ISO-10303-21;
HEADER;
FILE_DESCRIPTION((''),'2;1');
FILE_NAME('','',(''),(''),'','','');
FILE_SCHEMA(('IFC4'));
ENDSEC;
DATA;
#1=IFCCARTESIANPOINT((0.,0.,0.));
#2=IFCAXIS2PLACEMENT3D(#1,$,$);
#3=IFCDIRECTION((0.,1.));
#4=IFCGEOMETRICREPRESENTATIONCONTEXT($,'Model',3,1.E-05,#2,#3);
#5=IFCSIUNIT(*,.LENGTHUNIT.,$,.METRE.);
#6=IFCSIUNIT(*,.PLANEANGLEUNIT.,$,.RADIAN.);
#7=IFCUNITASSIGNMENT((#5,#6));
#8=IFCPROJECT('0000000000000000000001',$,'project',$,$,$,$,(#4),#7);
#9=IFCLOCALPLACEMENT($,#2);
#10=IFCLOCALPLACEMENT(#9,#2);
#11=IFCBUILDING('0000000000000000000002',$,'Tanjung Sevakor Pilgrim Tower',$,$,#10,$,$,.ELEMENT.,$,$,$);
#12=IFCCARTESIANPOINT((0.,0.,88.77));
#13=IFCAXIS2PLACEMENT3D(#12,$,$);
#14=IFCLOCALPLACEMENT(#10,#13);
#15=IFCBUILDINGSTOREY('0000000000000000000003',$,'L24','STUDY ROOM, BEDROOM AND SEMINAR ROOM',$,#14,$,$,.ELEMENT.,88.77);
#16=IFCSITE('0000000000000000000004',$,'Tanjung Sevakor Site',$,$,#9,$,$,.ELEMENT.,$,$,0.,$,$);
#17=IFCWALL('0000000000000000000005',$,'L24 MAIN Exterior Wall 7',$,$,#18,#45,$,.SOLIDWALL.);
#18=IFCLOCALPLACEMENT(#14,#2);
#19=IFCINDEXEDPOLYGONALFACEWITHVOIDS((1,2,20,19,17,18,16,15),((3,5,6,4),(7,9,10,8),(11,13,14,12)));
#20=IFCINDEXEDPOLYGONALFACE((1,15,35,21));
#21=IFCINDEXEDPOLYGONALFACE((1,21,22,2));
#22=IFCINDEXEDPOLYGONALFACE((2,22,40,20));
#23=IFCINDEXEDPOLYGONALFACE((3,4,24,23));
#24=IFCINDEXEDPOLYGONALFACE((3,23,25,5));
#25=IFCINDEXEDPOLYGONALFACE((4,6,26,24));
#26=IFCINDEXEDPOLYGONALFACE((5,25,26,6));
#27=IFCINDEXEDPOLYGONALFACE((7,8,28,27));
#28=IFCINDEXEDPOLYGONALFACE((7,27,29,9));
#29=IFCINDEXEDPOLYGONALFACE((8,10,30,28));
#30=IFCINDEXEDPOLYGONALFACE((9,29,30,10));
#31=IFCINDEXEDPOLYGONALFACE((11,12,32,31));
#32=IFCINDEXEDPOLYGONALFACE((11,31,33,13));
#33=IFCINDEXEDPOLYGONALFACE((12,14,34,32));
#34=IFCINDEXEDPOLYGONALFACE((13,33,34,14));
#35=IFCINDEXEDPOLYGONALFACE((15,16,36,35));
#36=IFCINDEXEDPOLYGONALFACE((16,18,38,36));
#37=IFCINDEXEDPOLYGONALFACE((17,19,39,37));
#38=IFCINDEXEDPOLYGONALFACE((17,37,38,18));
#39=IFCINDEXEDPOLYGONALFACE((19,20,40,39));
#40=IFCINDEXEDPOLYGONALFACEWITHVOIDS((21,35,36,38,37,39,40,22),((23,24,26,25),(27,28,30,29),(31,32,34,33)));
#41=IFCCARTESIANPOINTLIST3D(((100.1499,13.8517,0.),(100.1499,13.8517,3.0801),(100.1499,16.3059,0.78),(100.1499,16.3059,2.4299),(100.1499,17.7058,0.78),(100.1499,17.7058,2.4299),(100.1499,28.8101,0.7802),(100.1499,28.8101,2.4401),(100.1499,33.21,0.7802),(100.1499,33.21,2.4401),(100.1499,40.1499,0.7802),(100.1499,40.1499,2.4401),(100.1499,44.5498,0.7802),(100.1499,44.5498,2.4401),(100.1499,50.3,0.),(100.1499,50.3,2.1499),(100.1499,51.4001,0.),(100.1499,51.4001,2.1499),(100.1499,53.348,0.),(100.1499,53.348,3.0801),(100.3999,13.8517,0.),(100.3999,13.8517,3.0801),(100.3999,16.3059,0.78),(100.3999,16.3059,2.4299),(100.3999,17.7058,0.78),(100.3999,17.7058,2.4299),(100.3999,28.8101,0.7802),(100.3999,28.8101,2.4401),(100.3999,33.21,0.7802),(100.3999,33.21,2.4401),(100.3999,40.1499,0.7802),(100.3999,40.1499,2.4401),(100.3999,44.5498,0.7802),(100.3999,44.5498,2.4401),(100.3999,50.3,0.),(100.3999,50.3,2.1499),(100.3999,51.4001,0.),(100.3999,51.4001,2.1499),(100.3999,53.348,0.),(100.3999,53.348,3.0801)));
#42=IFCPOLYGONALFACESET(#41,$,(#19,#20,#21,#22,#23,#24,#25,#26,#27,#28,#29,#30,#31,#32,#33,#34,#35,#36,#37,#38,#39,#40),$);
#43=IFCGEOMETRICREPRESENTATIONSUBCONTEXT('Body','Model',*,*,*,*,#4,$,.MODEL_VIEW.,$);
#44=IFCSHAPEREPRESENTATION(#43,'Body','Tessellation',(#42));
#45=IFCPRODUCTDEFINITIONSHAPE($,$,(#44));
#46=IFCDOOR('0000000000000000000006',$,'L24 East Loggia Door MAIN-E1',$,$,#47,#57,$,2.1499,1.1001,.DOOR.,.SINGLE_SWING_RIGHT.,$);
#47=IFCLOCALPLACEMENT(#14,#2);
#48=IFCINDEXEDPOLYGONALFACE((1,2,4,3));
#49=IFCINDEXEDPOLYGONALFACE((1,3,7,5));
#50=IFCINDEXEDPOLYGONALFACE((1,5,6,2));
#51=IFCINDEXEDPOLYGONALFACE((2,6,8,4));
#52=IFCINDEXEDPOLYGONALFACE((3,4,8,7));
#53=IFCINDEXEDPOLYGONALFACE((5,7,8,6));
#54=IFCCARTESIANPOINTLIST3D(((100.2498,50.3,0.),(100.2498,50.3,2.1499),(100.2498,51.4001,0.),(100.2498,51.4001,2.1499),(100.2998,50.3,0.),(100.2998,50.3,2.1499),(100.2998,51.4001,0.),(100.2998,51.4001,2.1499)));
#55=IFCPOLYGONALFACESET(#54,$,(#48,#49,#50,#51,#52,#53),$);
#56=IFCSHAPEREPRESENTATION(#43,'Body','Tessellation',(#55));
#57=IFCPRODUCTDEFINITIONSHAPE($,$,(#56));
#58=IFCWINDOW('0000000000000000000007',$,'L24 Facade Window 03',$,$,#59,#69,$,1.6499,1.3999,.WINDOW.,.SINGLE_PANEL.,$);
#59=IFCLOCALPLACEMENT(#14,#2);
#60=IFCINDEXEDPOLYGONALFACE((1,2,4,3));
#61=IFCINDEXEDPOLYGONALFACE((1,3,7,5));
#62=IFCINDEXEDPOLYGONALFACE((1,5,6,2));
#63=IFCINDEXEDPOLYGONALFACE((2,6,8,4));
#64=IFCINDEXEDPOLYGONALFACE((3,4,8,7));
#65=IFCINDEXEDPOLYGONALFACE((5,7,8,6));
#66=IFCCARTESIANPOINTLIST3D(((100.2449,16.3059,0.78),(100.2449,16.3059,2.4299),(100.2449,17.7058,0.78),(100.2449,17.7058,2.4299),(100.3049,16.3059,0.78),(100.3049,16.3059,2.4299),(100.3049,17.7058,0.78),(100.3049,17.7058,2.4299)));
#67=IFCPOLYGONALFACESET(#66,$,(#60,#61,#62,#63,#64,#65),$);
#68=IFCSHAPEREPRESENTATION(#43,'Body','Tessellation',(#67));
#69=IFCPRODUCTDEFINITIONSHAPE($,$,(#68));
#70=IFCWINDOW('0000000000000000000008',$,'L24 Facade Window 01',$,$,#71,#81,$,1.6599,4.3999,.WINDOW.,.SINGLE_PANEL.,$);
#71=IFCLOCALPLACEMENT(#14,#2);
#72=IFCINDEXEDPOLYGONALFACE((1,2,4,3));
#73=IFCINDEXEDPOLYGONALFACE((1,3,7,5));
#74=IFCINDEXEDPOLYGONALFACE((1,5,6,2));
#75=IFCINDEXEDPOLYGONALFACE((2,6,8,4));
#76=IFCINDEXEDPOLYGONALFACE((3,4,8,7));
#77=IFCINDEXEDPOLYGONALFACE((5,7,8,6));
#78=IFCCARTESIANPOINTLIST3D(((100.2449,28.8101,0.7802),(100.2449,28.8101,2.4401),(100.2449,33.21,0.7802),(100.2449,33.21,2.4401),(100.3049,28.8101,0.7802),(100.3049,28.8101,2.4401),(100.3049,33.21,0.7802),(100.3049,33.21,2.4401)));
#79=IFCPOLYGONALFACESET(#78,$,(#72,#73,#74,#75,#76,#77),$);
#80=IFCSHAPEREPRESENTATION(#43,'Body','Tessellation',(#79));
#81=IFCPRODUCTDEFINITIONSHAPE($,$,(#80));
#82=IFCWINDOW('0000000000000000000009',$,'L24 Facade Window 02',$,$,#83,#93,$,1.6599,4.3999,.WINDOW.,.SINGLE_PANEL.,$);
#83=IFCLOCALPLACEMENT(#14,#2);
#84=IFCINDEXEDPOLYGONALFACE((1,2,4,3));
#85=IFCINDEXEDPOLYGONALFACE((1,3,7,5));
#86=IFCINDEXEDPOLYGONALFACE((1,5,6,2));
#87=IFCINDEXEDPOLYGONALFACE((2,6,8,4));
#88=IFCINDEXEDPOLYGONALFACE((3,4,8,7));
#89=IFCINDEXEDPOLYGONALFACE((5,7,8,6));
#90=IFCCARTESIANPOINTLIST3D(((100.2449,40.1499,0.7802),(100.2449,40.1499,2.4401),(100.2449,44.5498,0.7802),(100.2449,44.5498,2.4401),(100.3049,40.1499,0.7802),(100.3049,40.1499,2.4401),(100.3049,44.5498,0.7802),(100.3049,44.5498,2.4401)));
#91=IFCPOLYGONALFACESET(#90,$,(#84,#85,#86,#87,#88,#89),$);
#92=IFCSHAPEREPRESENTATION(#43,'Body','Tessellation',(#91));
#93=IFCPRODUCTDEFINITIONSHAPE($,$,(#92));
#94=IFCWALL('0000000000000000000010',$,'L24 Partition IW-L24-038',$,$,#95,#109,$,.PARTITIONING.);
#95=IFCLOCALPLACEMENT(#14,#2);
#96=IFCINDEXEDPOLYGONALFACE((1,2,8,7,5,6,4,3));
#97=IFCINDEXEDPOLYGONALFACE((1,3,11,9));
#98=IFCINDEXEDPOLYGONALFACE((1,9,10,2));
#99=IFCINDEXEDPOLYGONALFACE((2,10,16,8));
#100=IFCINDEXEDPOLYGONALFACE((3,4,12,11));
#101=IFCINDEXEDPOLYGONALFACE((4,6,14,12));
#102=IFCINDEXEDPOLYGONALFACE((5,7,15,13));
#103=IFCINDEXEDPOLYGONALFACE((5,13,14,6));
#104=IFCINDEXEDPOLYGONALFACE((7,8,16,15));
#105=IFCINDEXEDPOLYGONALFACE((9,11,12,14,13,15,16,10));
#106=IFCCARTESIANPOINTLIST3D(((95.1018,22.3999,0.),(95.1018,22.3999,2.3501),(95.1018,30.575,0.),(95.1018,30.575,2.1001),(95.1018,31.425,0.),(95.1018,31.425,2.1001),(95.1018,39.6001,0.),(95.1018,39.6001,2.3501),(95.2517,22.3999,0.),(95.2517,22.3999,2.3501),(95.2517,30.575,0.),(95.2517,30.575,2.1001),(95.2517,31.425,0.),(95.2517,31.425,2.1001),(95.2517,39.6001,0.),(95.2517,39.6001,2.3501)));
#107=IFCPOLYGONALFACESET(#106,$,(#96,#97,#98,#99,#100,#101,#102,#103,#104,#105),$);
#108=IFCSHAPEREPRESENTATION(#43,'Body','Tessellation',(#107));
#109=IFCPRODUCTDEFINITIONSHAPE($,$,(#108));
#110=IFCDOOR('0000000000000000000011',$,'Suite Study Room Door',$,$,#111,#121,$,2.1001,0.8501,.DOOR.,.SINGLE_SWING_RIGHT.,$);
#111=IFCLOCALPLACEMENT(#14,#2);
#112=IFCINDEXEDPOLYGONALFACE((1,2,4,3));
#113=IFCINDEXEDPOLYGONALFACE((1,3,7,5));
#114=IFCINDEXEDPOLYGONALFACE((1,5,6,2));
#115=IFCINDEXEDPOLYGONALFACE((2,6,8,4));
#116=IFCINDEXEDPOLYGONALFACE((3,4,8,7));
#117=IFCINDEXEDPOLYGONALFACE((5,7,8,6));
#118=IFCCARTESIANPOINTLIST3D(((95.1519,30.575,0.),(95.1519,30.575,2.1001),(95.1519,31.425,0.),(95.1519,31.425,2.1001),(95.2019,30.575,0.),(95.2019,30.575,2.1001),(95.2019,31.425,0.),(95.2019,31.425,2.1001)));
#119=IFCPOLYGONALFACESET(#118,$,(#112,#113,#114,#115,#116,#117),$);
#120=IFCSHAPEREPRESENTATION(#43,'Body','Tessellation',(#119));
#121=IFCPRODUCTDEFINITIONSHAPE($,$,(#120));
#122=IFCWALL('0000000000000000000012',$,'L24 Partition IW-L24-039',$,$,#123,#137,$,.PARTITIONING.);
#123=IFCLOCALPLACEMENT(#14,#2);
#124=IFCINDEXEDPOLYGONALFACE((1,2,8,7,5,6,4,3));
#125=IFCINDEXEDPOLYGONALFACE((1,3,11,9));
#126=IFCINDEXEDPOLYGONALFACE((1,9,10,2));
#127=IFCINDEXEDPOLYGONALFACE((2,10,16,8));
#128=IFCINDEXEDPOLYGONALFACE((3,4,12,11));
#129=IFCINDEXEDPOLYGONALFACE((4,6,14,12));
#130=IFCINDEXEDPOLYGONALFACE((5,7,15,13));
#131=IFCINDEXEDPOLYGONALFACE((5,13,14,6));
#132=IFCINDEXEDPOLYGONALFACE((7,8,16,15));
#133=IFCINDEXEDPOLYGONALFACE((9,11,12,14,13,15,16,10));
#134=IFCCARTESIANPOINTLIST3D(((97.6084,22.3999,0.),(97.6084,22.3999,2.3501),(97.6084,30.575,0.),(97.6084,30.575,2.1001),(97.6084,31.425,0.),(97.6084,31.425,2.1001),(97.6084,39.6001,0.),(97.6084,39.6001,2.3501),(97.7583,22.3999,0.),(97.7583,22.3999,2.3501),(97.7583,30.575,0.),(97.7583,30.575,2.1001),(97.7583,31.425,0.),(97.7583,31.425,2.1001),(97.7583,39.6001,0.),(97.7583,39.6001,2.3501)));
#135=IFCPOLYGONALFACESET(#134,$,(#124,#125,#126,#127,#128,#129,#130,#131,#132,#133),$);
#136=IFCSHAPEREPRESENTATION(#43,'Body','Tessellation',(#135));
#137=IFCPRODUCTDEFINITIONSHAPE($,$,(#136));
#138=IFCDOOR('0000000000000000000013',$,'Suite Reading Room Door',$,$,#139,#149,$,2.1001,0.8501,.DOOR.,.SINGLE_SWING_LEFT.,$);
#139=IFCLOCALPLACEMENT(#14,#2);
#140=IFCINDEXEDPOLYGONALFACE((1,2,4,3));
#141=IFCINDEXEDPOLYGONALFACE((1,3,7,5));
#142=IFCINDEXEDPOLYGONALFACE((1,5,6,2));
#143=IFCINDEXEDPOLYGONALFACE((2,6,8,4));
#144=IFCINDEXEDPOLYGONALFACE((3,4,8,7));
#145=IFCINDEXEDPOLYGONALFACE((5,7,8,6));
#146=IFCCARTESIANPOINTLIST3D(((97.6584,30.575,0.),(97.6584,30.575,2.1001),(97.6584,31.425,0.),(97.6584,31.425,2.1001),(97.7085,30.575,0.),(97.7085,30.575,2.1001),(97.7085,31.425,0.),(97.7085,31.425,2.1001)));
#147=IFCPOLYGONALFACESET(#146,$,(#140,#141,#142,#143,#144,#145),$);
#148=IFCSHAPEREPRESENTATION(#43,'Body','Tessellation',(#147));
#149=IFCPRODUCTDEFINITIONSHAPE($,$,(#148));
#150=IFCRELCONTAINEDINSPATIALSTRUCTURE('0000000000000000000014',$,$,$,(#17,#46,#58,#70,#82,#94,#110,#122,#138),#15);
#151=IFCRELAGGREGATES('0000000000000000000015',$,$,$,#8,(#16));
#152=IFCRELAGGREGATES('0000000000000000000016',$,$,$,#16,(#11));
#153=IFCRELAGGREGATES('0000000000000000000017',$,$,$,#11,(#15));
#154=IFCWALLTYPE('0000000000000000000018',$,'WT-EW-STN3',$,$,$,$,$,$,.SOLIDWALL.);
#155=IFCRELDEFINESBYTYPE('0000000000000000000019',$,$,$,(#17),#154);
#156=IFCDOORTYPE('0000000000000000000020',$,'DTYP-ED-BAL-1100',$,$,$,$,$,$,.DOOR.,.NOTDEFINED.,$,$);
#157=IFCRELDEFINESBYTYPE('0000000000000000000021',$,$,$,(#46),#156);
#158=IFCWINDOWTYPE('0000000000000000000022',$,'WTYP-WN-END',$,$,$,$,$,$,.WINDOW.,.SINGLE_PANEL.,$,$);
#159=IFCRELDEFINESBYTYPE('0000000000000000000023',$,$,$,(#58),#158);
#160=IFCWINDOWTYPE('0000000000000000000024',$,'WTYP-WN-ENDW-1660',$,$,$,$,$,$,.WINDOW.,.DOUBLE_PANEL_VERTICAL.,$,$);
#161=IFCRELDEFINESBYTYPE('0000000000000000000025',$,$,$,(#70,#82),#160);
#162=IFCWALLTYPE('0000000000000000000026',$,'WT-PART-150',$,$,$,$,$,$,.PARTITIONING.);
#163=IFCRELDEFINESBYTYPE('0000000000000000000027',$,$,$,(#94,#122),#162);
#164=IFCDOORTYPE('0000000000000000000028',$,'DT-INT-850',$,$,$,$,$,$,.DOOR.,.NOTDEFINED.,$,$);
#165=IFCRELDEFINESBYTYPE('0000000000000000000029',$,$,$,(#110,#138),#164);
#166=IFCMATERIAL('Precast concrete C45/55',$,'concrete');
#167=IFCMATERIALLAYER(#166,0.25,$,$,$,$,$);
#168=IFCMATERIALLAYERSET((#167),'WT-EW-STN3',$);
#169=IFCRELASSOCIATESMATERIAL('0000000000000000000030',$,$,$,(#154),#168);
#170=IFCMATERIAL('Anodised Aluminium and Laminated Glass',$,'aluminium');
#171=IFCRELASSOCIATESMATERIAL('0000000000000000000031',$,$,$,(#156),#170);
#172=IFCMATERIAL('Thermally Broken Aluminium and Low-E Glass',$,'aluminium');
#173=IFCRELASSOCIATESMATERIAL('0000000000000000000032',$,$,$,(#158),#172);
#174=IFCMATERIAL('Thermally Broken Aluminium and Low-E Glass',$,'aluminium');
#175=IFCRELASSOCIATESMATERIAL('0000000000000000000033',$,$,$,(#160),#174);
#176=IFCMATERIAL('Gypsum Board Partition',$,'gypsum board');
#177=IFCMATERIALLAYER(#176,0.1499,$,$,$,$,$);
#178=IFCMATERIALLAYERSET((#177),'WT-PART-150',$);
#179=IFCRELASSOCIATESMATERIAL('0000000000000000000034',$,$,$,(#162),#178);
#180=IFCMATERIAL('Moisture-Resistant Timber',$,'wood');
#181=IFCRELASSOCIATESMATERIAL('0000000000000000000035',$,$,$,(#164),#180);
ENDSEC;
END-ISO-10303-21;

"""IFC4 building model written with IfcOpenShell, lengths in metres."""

from ifc_helpers import new_model, si_unit, direction, frame, frame_2d, origin, place, context, subcontext, project, spatial, rectangle, extrude, material, layer, layer_set, type_object, element, fill, save


model = new_model("IFC4")

# Units and contexts
model_context = context("Model", 3, precision=1e-05, world=origin(), true_north=direction((0.0, 1.0)))
body_context = subcontext(model_context, "Body", "Model", "MODEL_VIEW")
ifc_project = project(units=[si_unit("LENGTHUNIT", "METRE"), si_unit("PLANEANGLEUNIT", "RADIAN")], contexts=[model_context])

# Site, building, storey
site_placement = place(None, origin())
site = spatial("IfcSite", under=ifc_project, at=site_placement, Name="Tanjung Sevakor Site", CompositionType="ELEMENT", RefElevation=0.0)
building_placement = place(site_placement, origin())
building = spatial("IfcBuilding", under=site, at=building_placement, Name="Tanjung Sevakor Pilgrim Tower", CompositionType="ELEMENT")
storey_placement = place(building_placement, frame((0.0, 0.0, 88.77)))
storey = spatial("IfcBuildingStorey", under=building, at=storey_placement, Name="L24", Description="STUDY ROOM, BEDROOM AND SEMINAR ROOM", CompositionType="ELEMENT", Elevation=88.77)

# Shared definitions
ifc_material_1 = material(Name="Precast concrete C45/55", Category="concrete")
ifc_layer_1 = layer(ifc_material_1, 0.25)
ifc_layer_set_1 = layer_set([ifc_layer_1], Name="WT-EW-STN3")
wall_type_1 = type_object("IfcWallType", Name="WT-EW-STN3", PredefinedType="SOLIDWALL", material=ifc_layer_set_1)

# Wall, openings, door, windows
wall_1_placement = place(storey_placement, frame((100.2749, 13.8518, 0.0), z_axis=(0.0, 0.0, 1.0), x_axis=(0.0, 1.0, 0.0)))
wall_1 = element("IfcWall", 1, at=wall_1_placement, inside=storey, type_object=wall_type_1, Name="L24 MAIN Exterior Wall 7", PredefinedType="SOLIDWALL", context=body_context, shape_type="SweptSolid", body=[
    extrude(rectangle(XDim=39.4963, YDim=0.25, at=frame_2d((19.748, 0.0))), origin(), (0.0, 0.0, 1.0), 3.0801),
])
opening_1_placement = place(wall_1_placement, frame((36.4482, 0.0, 0.0)))
opening_1 = element("IfcOpeningElement", 2, at=opening_1_placement, cuts=wall_1, PredefinedType="OPENING", context=body_context, shape_type="SweptSolid", body=[
    extrude(rectangle(XDim=1.1001, YDim=2.1499, at=frame_2d((0.55, 1.075))), frame((0.0, 0.135, 0.0), z_axis=(0.0, -1.0, 0.0), x_axis=(1.0, 0.0, 0.0)), (0.0, 0.0, 1.0), 0.27),
])
opening_2_placement = place(wall_1_placement, frame((14.9583, 0.0, 0.78)))
opening_2 = element("IfcOpeningElement", 3, at=opening_2_placement, cuts=wall_1, PredefinedType="OPENING", context=body_context, shape_type="SweptSolid", body=[
    extrude(rectangle(XDim=4.3999, YDim=1.6599, at=frame_2d((2.2, 0.8301))), frame((0.0, 0.135, 0.0), z_axis=(0.0, -1.0, 0.0), x_axis=(1.0, 0.0, 0.0)), (0.0, 0.0, 1.0), 0.27),
])
opening_3_placement = place(wall_1_placement, frame((26.2981, 0.0, 0.78)))
opening_3 = element("IfcOpeningElement", 4, at=opening_3_placement, cuts=wall_1, PredefinedType="OPENING", context=body_context, shape_type="SweptSolid", body=[
    extrude(rectangle(XDim=4.3999, YDim=1.6599, at=frame_2d((2.2, 0.8301))), frame((0.0, 0.135, 0.0), z_axis=(0.0, -1.0, 0.0), x_axis=(1.0, 0.0, 0.0)), (0.0, 0.0, 1.0), 0.27),
])
opening_4_placement = place(wall_1_placement, frame((2.4541, 0.0, 0.78)))
opening_4 = element("IfcOpeningElement", 5, at=opening_4_placement, cuts=wall_1, PredefinedType="OPENING", context=body_context, shape_type="SweptSolid", body=[
    extrude(rectangle(XDim=1.3999, YDim=1.6499, at=frame_2d((0.7, 0.825))), frame((0.0, 0.135, 0.0), z_axis=(0.0, -1.0, 0.0), x_axis=(1.0, 0.0, 0.0)), (0.0, 0.0, 1.0), 0.27),
])
ifc_material_2 = material(Name="Anodised Aluminium and Laminated Glass", Category="aluminium")
door_type_1 = type_object("IfcDoorType", Name="DTYP-ED-BAL-1100", OperationType="NOTDEFINED", PredefinedType="DOOR", material=ifc_material_2)
door_1_placement = place(opening_1_placement, frame((1.1001, 0.0, 0.0), z_axis=(0.0, 0.0, 1.0), x_axis=(-1.0, 0.0, 0.0)))
door_1 = element("IfcDoor", 6, at=door_1_placement, inside=storey, type_object=door_type_1, Name="L24 East Loggia Door MAIN-E1", OperationType="SINGLE_SWING_RIGHT", OverallHeight=2.1499, OverallWidth=1.1001, PredefinedType="DOOR", context=body_context, shape_type="SweptSolid", body=[
    extrude(rectangle(XDim=1.1001, YDim=2.1499, at=frame_2d((0.55, 1.075))), frame((0.0, 0.0249, 0.0), z_axis=(0.0, -1.0, 0.0), x_axis=(1.0, 0.0, 0.0)), (0.0, 0.0, 1.0), 0.05),
])
fill(opening_1, door_1)
ifc_material_3 = material(Name="Thermally Broken Aluminium and Low-E Glass", Category="aluminium")
window_type_1 = type_object("IfcWindowType", Name="WTYP-WN-END", PartitioningType="SINGLE_PANEL", PredefinedType="WINDOW", material=ifc_material_3)
window_1_placement = place(opening_4_placement, origin())
window_1 = element("IfcWindow", 7, at=window_1_placement, inside=storey, type_object=window_type_1, Name="L24 Facade Window 03", OverallHeight=1.6499, OverallWidth=1.3999, PartitioningType="SINGLE_PANEL", PredefinedType="WINDOW", context=body_context, shape_type="SweptSolid", body=[
    extrude(rectangle(XDim=1.3999, YDim=1.6499, at=frame_2d((0.7, 0.825))), frame((0.0, 0.03, 0.0), z_axis=(0.0, -1.0, 0.0), x_axis=(1.0, 0.0, 0.0)), (0.0, 0.0, 1.0), 0.0601),
])
fill(opening_4, window_1)
ifc_material_4 = material(Name="Thermally Broken Aluminium and Low-E Glass", Category="aluminium")
window_type_2 = type_object("IfcWindowType", Name="WTYP-WN-ENDW-1660", PartitioningType="DOUBLE_PANEL_VERTICAL", PredefinedType="WINDOW", material=ifc_material_4)
window_2_placement = place(opening_2_placement, origin())
window_2 = element("IfcWindow", 8, at=window_2_placement, inside=storey, type_object=window_type_2, Name="L24 Facade Window 01", OverallHeight=1.6599, OverallWidth=4.3999, PartitioningType="SINGLE_PANEL", PredefinedType="WINDOW", context=body_context, shape_type="SweptSolid", body=[
    extrude(rectangle(XDim=4.3999, YDim=1.6599, at=frame_2d((2.2, 0.8301))), frame((0.0, 0.03, 0.0), z_axis=(0.0, -1.0, 0.0), x_axis=(1.0, 0.0, 0.0)), (0.0, 0.0, 1.0), 0.0601),
])
fill(opening_2, window_2)
window_3_placement = place(opening_3_placement, origin())
window_3 = element("IfcWindow", 9, at=window_3_placement, inside=storey, type_object=window_type_2, Name="L24 Facade Window 02", OverallHeight=1.6599, OverallWidth=4.3999, PartitioningType="SINGLE_PANEL", PredefinedType="WINDOW", context=body_context, shape_type="SweptSolid", body=[
    extrude(rectangle(XDim=4.3999, YDim=1.6599, at=frame_2d((2.2, 0.8301))), frame((0.0, 0.03, 0.0), z_axis=(0.0, -1.0, 0.0), x_axis=(1.0, 0.0, 0.0)), (0.0, 0.0, 1.0), 0.0601),
])
fill(opening_3, window_3)

# Walls, openings, doors
ifc_material_5 = material(Name="Gypsum Board Partition", Category="gypsum board")
ifc_layer_2 = layer(ifc_material_5, 0.1499)
ifc_layer_set_2 = layer_set([ifc_layer_2], Name="WT-PART-150")
wall_type_2 = type_object("IfcWallType", Name="WT-PART-150", PredefinedType="PARTITIONING", material=ifc_layer_set_2)
wall_2_placement = place(storey_placement, frame((95.1768, 22.3999, 0.0), z_axis=(0.0, 0.0, 1.0), x_axis=(0.0, 1.0, 0.0)))
wall_2 = element("IfcWall", 10, at=wall_2_placement, inside=storey, type_object=wall_type_2, Name="L24 Partition IW-L24-038", PredefinedType="PARTITIONING", context=body_context, shape_type="SweptSolid", body=[
    extrude(rectangle(XDim=17.2002, YDim=0.1499, at=frame_2d((8.6001, 0.0))), origin(), (0.0, 0.0, 1.0), 2.3501),
])
opening_5_placement = place(wall_2_placement, frame((8.175, 0.0, 0.0)))
opening_5 = element("IfcOpeningElement", 11, at=opening_5_placement, cuts=wall_2, PredefinedType="OPENING", context=body_context, shape_type="SweptSolid", body=[
    extrude(rectangle(XDim=0.8501, YDim=2.1001, at=frame_2d((0.425, 1.05))), frame((0.0, 0.085, 0.0), z_axis=(0.0, -1.0, 0.0), x_axis=(1.0, 0.0, 0.0)), (0.0, 0.0, 1.0), 0.1699),
])
ifc_material_6 = material(Name="Moisture-Resistant Timber", Category="wood")
door_type_2 = type_object("IfcDoorType", Name="DT-INT-850", OperationType="NOTDEFINED", PredefinedType="DOOR", material=ifc_material_6)
door_2_placement = place(opening_5_placement, origin())
door_2 = element("IfcDoor", 12, at=door_2_placement, inside=storey, type_object=door_type_2, Name="Suite Study Room Door", OperationType="SINGLE_SWING_RIGHT", OverallHeight=2.1001, OverallWidth=0.8501, PredefinedType="DOOR", context=body_context, shape_type="SweptSolid", body=[
    extrude(rectangle(XDim=0.8501, YDim=2.1001, at=frame_2d((0.425, 1.05))), frame((0.0, 0.0249, 0.0), z_axis=(0.0, -1.0, 0.0), x_axis=(1.0, 0.0, 0.0)), (0.0, 0.0, 1.0), 0.05),
])
fill(opening_5, door_2)
wall_3_placement = place(storey_placement, frame((97.6833, 22.3999, 0.0), z_axis=(0.0, 0.0, 1.0), x_axis=(0.0, 1.0, 0.0)))
wall_3 = element("IfcWall", 13, at=wall_3_placement, inside=storey, type_object=wall_type_2, Name="L24 Partition IW-L24-039", PredefinedType="PARTITIONING", context=body_context, shape_type="SweptSolid", body=[
    extrude(rectangle(XDim=17.2002, YDim=0.1499, at=frame_2d((8.6001, 0.0))), origin(), (0.0, 0.0, 1.0), 2.3501),
])
opening_6_placement = place(wall_3_placement, frame((8.175, 0.0, 0.0)))
opening_6 = element("IfcOpeningElement", 14, at=opening_6_placement, cuts=wall_3, PredefinedType="OPENING", context=body_context, shape_type="SweptSolid", body=[
    extrude(rectangle(XDim=0.8501, YDim=2.1001, at=frame_2d((0.425, 1.05))), frame((0.0, 0.085, 0.0), z_axis=(0.0, -1.0, 0.0), x_axis=(1.0, 0.0, 0.0)), (0.0, 0.0, 1.0), 0.1699),
])
door_3_placement = place(opening_6_placement, origin())
door_3 = element("IfcDoor", 15, at=door_3_placement, inside=storey, type_object=door_type_2, Name="Suite Reading Room Door", OperationType="SINGLE_SWING_LEFT", OverallHeight=2.1001, OverallWidth=0.8501, PredefinedType="DOOR", context=body_context, shape_type="SweptSolid", body=[
    extrude(rectangle(XDim=0.8501, YDim=2.1001, at=frame_2d((0.425, 1.05))), frame((0.0, 0.0249, 0.0), z_axis=(0.0, -1.0, 0.0), x_axis=(1.0, 0.0, 0.0)), (0.0, 0.0, 1.0), 0.05),
])
fill(opening_6, door_3)

save(model, "model.ifc")
